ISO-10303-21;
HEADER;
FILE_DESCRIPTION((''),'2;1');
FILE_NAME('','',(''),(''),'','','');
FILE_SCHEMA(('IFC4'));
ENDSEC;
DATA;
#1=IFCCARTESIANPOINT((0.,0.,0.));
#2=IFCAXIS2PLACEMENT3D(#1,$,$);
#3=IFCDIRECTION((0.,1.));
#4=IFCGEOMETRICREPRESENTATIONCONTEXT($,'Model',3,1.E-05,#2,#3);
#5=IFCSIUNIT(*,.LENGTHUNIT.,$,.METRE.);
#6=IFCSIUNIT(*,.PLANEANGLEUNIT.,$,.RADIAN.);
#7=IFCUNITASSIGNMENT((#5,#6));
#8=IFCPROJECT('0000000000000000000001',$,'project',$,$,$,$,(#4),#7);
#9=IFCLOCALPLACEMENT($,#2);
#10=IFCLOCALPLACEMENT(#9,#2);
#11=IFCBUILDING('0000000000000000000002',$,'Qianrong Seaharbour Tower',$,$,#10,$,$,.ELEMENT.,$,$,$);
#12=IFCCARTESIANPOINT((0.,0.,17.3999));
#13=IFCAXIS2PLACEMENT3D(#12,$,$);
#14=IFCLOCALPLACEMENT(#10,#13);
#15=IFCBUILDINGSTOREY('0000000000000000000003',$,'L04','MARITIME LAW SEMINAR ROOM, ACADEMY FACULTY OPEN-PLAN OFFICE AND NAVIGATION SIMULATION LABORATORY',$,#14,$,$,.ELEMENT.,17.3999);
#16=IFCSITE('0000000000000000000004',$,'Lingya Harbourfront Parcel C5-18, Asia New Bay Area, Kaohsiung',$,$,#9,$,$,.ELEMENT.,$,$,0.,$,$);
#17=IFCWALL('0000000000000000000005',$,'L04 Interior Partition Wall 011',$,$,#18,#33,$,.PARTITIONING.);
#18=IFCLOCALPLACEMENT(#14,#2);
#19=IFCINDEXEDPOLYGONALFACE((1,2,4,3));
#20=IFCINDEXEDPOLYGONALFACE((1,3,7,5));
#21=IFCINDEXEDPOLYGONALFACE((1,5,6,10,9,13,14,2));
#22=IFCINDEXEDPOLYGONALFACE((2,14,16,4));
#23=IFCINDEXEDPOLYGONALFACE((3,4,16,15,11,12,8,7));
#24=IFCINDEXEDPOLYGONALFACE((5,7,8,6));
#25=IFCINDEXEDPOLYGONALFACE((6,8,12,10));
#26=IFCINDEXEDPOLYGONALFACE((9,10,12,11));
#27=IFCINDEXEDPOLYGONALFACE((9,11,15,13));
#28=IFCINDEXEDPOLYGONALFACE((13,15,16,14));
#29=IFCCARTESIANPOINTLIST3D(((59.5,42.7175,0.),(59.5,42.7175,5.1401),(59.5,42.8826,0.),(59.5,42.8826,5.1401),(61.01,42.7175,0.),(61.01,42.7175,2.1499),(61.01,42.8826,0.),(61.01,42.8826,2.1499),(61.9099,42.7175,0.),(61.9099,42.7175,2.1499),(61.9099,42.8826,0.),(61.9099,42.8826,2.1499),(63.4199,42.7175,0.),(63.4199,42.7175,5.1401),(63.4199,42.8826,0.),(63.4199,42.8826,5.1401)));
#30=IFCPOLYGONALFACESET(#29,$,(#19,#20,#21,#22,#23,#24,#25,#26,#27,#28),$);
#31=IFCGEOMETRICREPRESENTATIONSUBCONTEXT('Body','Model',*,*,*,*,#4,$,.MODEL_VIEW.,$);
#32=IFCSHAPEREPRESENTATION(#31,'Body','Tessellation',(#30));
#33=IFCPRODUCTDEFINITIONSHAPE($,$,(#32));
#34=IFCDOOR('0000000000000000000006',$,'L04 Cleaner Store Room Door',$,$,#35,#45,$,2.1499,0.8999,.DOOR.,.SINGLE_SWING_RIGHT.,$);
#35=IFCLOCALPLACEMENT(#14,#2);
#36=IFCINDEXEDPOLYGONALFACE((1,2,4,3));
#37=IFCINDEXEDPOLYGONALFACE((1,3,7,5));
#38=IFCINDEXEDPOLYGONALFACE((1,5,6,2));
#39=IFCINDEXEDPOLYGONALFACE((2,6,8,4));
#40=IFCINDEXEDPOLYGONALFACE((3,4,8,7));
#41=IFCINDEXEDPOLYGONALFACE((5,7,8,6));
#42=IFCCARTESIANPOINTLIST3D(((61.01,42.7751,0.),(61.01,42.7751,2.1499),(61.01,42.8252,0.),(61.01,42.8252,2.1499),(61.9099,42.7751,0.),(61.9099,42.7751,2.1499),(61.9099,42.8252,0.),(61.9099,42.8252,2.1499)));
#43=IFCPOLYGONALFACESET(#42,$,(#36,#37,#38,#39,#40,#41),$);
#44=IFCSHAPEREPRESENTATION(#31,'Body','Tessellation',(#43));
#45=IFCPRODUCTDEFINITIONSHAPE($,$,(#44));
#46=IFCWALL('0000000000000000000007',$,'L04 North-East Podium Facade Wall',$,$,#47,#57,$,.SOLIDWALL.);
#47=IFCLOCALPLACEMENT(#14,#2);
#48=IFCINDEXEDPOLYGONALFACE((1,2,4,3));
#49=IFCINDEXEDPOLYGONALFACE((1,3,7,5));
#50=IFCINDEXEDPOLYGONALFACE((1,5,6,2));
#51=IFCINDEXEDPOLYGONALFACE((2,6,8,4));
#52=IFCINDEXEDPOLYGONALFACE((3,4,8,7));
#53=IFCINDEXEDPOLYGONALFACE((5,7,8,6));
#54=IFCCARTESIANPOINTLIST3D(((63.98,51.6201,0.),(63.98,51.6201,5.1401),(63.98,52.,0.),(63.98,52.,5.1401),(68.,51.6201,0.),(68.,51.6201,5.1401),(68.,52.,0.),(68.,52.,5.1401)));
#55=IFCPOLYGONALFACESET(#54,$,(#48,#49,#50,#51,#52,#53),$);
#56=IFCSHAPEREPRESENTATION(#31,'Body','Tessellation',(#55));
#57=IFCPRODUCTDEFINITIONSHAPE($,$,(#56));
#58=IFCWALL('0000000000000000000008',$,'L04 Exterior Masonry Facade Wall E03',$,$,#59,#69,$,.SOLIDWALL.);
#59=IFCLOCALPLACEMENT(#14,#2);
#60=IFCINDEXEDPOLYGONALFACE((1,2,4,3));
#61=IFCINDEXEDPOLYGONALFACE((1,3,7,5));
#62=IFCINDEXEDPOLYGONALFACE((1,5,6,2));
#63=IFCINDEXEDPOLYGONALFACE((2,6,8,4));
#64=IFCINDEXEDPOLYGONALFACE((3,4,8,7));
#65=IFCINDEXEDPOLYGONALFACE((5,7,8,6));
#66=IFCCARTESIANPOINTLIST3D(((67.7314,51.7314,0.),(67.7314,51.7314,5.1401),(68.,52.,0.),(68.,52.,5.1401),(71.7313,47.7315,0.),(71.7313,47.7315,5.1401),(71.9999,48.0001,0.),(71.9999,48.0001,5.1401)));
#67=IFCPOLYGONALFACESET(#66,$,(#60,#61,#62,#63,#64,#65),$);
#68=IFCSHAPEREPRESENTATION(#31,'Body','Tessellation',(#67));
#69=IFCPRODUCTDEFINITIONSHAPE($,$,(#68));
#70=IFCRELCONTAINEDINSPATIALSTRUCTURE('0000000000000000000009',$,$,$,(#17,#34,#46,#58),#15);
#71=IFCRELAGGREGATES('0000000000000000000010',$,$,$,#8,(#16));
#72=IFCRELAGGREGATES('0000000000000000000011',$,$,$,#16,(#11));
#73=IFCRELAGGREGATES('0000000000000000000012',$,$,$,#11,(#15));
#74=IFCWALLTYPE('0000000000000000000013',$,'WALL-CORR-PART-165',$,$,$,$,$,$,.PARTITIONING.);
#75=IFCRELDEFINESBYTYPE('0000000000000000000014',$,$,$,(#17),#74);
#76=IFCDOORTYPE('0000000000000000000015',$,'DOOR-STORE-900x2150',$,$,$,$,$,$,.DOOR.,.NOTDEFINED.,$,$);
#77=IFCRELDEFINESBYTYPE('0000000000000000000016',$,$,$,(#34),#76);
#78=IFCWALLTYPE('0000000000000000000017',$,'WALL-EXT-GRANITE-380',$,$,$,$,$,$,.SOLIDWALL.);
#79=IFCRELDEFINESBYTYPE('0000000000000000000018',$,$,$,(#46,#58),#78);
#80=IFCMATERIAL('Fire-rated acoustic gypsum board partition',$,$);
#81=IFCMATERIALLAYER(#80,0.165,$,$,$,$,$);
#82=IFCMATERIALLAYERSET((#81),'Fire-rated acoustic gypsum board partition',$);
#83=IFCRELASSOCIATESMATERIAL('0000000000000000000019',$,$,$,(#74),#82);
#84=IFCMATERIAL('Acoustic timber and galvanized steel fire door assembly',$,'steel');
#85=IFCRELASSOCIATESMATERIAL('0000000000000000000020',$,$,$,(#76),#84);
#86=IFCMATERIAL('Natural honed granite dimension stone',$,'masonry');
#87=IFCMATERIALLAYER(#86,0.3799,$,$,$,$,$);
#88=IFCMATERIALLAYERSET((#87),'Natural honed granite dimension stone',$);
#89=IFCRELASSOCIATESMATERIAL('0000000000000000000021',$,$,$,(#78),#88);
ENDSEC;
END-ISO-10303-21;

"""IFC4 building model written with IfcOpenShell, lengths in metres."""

from ifc_helpers import new_model, si_unit, direction, frame, frame_2d, origin, place, context, subcontext, project, spatial, rectangle, extrude, material, layer, layer_set, type_object, element, fill, save


model = new_model("IFC4")

# Units and contexts
model_context = context("Model", 3, precision=1e-05, world=origin(), true_north=direction((0.0, 1.0)))
body_context = subcontext(model_context, "Body", "Model", "MODEL_VIEW")
ifc_project = project(units=[si_unit("LENGTHUNIT", "METRE"), si_unit("PLANEANGLEUNIT", "RADIAN")], contexts=[model_context])

# Site, building, storey
site_placement = place(None, origin())
site = spatial("IfcSite", under=ifc_project, at=site_placement, Name="Lingya Harbourfront Parcel C5-18, Asia New Bay Area, Kaohsiung", CompositionType="ELEMENT", RefElevation=0.0)
building_placement = place(site_placement, origin())
building = spatial("IfcBuilding", under=site, at=building_placement, Name="Qianrong Seaharbour Tower", CompositionType="ELEMENT")
storey_placement = place(building_placement, frame((0.0, 0.0, 17.3999)))
storey = spatial("IfcBuildingStorey", under=building, at=storey_placement, Name="L04", Description="MARITIME LAW SEMINAR ROOM, ACADEMY FACULTY OPEN-PLAN OFFICE AND NAVIGATION SIMULATION LABORATORY", CompositionType="ELEMENT", Elevation=17.3999)

# Wall, opening, door
ifc_material_1 = material(Name="Fire-rated acoustic gypsum board partition")
ifc_layer_1 = layer(ifc_material_1, 0.165)
ifc_layer_set_1 = layer_set([ifc_layer_1], Name="Fire-rated acoustic gypsum board partition")
wall_type_1 = type_object("IfcWallType", Name="WALL-CORR-PART-165", PredefinedType="PARTITIONING", material=ifc_layer_set_1)
wall_1_placement = place(storey_placement, frame((63.4199, 42.8, 0.0), z_axis=(0.0, 0.0, 1.0), x_axis=(-1.0, 0.0, 0.0)))
wall_1 = element("IfcWall", 1, at=wall_1_placement, inside=storey, type_object=wall_type_1, Name="L04 Interior Partition Wall 011", PredefinedType="PARTITIONING", context=body_context, shape_type="SweptSolid", body=[
    extrude(rectangle(XDim=3.9199, YDim=0.165, at=frame_2d((1.96, 0.0))), origin(), (0.0, 0.0, 1.0), 5.1401),
])
opening_1_placement = place(wall_1_placement, frame((1.51, 0.0, 0.0)))
opening_1 = element("IfcOpeningElement", 2, at=opening_1_placement, cuts=wall_1, PredefinedType="OPENING", context=body_context, shape_type="SweptSolid", body=[
    extrude(rectangle(XDim=0.8999, YDim=2.1499, at=frame_2d((0.45, 1.075))), frame((0.0, 0.0925, 0.0), z_axis=(0.0, -1.0, 0.0), x_axis=(1.0, 0.0, 0.0)), (0.0, 0.0, 1.0), 0.1851),
])
ifc_material_2 = material(Name="Acoustic timber and galvanized steel fire door assembly", Category="steel")
door_type_1 = type_object("IfcDoorType", Name="DOOR-STORE-900x2150", OperationType="NOTDEFINED", PredefinedType="DOOR", material=ifc_material_2)
door_1_placement = place(opening_1_placement, origin())
door_1 = element("IfcDoor", 3, at=door_1_placement, inside=storey, type_object=door_type_1, Name="L04 Cleaner Store Room Door", OperationType="SINGLE_SWING_RIGHT", OverallHeight=2.1499, OverallWidth=0.8999, PredefinedType="DOOR", context=body_context, shape_type="SweptSolid", body=[
    extrude(rectangle(XDim=0.8999, YDim=2.1499, at=frame_2d((0.45, 1.075))), frame((0.0, 0.0249, 0.0), z_axis=(0.0, -1.0, 0.0), x_axis=(1.0, 0.0, 0.0)), (0.0, 0.0, 1.0), 0.05),
])
fill(opening_1, door_1)

# Walls
ifc_material_3 = material(Name="Natural honed granite dimension stone", Category="masonry")
ifc_layer_2 = layer(ifc_material_3, 0.3799)
ifc_layer_set_2 = layer_set([ifc_layer_2], Name="Natural honed granite dimension stone")
wall_type_2 = type_object("IfcWallType", Name="WALL-EXT-GRANITE-380", PredefinedType="SOLIDWALL", material=ifc_layer_set_2)
wall_2_placement = place(storey_placement, frame((63.98, 51.8101, 0.0), z_axis=(0.0, 0.0, 1.0), x_axis=(1.0, 0.0, 0.0)))
element("IfcWall", 4, at=wall_2_placement, inside=storey, type_object=wall_type_2, Name="L04 North-East Podium Facade Wall", PredefinedType="SOLIDWALL", context=body_context, shape_type="SweptSolid", body=[
    extrude(rectangle(XDim=4.02, YDim=0.3799, at=frame_2d((2.01, 0.0))), origin(), (0.0, 0.0, 1.0), 5.1401),
])
wall_3_placement = place(storey_placement, frame((67.8657, 51.8657, 0.0), z_axis=(0.0, 0.0, 1.0), x_axis=(0.707107, -0.707107, 0.0)))
element("IfcWall", 5, at=wall_3_placement, inside=storey, type_object=wall_type_2, Name="L04 Exterior Masonry Facade Wall E03", PredefinedType="SOLIDWALL", context=body_context, shape_type="SweptSolid", body=[
    extrude(rectangle(XDim=5.6567, YDim=0.3799, at=frame_2d((2.8284, 0.0))), origin(), (0.0, 0.0, 1.0), 5.1401),
])

save(model, "model.ifc")
